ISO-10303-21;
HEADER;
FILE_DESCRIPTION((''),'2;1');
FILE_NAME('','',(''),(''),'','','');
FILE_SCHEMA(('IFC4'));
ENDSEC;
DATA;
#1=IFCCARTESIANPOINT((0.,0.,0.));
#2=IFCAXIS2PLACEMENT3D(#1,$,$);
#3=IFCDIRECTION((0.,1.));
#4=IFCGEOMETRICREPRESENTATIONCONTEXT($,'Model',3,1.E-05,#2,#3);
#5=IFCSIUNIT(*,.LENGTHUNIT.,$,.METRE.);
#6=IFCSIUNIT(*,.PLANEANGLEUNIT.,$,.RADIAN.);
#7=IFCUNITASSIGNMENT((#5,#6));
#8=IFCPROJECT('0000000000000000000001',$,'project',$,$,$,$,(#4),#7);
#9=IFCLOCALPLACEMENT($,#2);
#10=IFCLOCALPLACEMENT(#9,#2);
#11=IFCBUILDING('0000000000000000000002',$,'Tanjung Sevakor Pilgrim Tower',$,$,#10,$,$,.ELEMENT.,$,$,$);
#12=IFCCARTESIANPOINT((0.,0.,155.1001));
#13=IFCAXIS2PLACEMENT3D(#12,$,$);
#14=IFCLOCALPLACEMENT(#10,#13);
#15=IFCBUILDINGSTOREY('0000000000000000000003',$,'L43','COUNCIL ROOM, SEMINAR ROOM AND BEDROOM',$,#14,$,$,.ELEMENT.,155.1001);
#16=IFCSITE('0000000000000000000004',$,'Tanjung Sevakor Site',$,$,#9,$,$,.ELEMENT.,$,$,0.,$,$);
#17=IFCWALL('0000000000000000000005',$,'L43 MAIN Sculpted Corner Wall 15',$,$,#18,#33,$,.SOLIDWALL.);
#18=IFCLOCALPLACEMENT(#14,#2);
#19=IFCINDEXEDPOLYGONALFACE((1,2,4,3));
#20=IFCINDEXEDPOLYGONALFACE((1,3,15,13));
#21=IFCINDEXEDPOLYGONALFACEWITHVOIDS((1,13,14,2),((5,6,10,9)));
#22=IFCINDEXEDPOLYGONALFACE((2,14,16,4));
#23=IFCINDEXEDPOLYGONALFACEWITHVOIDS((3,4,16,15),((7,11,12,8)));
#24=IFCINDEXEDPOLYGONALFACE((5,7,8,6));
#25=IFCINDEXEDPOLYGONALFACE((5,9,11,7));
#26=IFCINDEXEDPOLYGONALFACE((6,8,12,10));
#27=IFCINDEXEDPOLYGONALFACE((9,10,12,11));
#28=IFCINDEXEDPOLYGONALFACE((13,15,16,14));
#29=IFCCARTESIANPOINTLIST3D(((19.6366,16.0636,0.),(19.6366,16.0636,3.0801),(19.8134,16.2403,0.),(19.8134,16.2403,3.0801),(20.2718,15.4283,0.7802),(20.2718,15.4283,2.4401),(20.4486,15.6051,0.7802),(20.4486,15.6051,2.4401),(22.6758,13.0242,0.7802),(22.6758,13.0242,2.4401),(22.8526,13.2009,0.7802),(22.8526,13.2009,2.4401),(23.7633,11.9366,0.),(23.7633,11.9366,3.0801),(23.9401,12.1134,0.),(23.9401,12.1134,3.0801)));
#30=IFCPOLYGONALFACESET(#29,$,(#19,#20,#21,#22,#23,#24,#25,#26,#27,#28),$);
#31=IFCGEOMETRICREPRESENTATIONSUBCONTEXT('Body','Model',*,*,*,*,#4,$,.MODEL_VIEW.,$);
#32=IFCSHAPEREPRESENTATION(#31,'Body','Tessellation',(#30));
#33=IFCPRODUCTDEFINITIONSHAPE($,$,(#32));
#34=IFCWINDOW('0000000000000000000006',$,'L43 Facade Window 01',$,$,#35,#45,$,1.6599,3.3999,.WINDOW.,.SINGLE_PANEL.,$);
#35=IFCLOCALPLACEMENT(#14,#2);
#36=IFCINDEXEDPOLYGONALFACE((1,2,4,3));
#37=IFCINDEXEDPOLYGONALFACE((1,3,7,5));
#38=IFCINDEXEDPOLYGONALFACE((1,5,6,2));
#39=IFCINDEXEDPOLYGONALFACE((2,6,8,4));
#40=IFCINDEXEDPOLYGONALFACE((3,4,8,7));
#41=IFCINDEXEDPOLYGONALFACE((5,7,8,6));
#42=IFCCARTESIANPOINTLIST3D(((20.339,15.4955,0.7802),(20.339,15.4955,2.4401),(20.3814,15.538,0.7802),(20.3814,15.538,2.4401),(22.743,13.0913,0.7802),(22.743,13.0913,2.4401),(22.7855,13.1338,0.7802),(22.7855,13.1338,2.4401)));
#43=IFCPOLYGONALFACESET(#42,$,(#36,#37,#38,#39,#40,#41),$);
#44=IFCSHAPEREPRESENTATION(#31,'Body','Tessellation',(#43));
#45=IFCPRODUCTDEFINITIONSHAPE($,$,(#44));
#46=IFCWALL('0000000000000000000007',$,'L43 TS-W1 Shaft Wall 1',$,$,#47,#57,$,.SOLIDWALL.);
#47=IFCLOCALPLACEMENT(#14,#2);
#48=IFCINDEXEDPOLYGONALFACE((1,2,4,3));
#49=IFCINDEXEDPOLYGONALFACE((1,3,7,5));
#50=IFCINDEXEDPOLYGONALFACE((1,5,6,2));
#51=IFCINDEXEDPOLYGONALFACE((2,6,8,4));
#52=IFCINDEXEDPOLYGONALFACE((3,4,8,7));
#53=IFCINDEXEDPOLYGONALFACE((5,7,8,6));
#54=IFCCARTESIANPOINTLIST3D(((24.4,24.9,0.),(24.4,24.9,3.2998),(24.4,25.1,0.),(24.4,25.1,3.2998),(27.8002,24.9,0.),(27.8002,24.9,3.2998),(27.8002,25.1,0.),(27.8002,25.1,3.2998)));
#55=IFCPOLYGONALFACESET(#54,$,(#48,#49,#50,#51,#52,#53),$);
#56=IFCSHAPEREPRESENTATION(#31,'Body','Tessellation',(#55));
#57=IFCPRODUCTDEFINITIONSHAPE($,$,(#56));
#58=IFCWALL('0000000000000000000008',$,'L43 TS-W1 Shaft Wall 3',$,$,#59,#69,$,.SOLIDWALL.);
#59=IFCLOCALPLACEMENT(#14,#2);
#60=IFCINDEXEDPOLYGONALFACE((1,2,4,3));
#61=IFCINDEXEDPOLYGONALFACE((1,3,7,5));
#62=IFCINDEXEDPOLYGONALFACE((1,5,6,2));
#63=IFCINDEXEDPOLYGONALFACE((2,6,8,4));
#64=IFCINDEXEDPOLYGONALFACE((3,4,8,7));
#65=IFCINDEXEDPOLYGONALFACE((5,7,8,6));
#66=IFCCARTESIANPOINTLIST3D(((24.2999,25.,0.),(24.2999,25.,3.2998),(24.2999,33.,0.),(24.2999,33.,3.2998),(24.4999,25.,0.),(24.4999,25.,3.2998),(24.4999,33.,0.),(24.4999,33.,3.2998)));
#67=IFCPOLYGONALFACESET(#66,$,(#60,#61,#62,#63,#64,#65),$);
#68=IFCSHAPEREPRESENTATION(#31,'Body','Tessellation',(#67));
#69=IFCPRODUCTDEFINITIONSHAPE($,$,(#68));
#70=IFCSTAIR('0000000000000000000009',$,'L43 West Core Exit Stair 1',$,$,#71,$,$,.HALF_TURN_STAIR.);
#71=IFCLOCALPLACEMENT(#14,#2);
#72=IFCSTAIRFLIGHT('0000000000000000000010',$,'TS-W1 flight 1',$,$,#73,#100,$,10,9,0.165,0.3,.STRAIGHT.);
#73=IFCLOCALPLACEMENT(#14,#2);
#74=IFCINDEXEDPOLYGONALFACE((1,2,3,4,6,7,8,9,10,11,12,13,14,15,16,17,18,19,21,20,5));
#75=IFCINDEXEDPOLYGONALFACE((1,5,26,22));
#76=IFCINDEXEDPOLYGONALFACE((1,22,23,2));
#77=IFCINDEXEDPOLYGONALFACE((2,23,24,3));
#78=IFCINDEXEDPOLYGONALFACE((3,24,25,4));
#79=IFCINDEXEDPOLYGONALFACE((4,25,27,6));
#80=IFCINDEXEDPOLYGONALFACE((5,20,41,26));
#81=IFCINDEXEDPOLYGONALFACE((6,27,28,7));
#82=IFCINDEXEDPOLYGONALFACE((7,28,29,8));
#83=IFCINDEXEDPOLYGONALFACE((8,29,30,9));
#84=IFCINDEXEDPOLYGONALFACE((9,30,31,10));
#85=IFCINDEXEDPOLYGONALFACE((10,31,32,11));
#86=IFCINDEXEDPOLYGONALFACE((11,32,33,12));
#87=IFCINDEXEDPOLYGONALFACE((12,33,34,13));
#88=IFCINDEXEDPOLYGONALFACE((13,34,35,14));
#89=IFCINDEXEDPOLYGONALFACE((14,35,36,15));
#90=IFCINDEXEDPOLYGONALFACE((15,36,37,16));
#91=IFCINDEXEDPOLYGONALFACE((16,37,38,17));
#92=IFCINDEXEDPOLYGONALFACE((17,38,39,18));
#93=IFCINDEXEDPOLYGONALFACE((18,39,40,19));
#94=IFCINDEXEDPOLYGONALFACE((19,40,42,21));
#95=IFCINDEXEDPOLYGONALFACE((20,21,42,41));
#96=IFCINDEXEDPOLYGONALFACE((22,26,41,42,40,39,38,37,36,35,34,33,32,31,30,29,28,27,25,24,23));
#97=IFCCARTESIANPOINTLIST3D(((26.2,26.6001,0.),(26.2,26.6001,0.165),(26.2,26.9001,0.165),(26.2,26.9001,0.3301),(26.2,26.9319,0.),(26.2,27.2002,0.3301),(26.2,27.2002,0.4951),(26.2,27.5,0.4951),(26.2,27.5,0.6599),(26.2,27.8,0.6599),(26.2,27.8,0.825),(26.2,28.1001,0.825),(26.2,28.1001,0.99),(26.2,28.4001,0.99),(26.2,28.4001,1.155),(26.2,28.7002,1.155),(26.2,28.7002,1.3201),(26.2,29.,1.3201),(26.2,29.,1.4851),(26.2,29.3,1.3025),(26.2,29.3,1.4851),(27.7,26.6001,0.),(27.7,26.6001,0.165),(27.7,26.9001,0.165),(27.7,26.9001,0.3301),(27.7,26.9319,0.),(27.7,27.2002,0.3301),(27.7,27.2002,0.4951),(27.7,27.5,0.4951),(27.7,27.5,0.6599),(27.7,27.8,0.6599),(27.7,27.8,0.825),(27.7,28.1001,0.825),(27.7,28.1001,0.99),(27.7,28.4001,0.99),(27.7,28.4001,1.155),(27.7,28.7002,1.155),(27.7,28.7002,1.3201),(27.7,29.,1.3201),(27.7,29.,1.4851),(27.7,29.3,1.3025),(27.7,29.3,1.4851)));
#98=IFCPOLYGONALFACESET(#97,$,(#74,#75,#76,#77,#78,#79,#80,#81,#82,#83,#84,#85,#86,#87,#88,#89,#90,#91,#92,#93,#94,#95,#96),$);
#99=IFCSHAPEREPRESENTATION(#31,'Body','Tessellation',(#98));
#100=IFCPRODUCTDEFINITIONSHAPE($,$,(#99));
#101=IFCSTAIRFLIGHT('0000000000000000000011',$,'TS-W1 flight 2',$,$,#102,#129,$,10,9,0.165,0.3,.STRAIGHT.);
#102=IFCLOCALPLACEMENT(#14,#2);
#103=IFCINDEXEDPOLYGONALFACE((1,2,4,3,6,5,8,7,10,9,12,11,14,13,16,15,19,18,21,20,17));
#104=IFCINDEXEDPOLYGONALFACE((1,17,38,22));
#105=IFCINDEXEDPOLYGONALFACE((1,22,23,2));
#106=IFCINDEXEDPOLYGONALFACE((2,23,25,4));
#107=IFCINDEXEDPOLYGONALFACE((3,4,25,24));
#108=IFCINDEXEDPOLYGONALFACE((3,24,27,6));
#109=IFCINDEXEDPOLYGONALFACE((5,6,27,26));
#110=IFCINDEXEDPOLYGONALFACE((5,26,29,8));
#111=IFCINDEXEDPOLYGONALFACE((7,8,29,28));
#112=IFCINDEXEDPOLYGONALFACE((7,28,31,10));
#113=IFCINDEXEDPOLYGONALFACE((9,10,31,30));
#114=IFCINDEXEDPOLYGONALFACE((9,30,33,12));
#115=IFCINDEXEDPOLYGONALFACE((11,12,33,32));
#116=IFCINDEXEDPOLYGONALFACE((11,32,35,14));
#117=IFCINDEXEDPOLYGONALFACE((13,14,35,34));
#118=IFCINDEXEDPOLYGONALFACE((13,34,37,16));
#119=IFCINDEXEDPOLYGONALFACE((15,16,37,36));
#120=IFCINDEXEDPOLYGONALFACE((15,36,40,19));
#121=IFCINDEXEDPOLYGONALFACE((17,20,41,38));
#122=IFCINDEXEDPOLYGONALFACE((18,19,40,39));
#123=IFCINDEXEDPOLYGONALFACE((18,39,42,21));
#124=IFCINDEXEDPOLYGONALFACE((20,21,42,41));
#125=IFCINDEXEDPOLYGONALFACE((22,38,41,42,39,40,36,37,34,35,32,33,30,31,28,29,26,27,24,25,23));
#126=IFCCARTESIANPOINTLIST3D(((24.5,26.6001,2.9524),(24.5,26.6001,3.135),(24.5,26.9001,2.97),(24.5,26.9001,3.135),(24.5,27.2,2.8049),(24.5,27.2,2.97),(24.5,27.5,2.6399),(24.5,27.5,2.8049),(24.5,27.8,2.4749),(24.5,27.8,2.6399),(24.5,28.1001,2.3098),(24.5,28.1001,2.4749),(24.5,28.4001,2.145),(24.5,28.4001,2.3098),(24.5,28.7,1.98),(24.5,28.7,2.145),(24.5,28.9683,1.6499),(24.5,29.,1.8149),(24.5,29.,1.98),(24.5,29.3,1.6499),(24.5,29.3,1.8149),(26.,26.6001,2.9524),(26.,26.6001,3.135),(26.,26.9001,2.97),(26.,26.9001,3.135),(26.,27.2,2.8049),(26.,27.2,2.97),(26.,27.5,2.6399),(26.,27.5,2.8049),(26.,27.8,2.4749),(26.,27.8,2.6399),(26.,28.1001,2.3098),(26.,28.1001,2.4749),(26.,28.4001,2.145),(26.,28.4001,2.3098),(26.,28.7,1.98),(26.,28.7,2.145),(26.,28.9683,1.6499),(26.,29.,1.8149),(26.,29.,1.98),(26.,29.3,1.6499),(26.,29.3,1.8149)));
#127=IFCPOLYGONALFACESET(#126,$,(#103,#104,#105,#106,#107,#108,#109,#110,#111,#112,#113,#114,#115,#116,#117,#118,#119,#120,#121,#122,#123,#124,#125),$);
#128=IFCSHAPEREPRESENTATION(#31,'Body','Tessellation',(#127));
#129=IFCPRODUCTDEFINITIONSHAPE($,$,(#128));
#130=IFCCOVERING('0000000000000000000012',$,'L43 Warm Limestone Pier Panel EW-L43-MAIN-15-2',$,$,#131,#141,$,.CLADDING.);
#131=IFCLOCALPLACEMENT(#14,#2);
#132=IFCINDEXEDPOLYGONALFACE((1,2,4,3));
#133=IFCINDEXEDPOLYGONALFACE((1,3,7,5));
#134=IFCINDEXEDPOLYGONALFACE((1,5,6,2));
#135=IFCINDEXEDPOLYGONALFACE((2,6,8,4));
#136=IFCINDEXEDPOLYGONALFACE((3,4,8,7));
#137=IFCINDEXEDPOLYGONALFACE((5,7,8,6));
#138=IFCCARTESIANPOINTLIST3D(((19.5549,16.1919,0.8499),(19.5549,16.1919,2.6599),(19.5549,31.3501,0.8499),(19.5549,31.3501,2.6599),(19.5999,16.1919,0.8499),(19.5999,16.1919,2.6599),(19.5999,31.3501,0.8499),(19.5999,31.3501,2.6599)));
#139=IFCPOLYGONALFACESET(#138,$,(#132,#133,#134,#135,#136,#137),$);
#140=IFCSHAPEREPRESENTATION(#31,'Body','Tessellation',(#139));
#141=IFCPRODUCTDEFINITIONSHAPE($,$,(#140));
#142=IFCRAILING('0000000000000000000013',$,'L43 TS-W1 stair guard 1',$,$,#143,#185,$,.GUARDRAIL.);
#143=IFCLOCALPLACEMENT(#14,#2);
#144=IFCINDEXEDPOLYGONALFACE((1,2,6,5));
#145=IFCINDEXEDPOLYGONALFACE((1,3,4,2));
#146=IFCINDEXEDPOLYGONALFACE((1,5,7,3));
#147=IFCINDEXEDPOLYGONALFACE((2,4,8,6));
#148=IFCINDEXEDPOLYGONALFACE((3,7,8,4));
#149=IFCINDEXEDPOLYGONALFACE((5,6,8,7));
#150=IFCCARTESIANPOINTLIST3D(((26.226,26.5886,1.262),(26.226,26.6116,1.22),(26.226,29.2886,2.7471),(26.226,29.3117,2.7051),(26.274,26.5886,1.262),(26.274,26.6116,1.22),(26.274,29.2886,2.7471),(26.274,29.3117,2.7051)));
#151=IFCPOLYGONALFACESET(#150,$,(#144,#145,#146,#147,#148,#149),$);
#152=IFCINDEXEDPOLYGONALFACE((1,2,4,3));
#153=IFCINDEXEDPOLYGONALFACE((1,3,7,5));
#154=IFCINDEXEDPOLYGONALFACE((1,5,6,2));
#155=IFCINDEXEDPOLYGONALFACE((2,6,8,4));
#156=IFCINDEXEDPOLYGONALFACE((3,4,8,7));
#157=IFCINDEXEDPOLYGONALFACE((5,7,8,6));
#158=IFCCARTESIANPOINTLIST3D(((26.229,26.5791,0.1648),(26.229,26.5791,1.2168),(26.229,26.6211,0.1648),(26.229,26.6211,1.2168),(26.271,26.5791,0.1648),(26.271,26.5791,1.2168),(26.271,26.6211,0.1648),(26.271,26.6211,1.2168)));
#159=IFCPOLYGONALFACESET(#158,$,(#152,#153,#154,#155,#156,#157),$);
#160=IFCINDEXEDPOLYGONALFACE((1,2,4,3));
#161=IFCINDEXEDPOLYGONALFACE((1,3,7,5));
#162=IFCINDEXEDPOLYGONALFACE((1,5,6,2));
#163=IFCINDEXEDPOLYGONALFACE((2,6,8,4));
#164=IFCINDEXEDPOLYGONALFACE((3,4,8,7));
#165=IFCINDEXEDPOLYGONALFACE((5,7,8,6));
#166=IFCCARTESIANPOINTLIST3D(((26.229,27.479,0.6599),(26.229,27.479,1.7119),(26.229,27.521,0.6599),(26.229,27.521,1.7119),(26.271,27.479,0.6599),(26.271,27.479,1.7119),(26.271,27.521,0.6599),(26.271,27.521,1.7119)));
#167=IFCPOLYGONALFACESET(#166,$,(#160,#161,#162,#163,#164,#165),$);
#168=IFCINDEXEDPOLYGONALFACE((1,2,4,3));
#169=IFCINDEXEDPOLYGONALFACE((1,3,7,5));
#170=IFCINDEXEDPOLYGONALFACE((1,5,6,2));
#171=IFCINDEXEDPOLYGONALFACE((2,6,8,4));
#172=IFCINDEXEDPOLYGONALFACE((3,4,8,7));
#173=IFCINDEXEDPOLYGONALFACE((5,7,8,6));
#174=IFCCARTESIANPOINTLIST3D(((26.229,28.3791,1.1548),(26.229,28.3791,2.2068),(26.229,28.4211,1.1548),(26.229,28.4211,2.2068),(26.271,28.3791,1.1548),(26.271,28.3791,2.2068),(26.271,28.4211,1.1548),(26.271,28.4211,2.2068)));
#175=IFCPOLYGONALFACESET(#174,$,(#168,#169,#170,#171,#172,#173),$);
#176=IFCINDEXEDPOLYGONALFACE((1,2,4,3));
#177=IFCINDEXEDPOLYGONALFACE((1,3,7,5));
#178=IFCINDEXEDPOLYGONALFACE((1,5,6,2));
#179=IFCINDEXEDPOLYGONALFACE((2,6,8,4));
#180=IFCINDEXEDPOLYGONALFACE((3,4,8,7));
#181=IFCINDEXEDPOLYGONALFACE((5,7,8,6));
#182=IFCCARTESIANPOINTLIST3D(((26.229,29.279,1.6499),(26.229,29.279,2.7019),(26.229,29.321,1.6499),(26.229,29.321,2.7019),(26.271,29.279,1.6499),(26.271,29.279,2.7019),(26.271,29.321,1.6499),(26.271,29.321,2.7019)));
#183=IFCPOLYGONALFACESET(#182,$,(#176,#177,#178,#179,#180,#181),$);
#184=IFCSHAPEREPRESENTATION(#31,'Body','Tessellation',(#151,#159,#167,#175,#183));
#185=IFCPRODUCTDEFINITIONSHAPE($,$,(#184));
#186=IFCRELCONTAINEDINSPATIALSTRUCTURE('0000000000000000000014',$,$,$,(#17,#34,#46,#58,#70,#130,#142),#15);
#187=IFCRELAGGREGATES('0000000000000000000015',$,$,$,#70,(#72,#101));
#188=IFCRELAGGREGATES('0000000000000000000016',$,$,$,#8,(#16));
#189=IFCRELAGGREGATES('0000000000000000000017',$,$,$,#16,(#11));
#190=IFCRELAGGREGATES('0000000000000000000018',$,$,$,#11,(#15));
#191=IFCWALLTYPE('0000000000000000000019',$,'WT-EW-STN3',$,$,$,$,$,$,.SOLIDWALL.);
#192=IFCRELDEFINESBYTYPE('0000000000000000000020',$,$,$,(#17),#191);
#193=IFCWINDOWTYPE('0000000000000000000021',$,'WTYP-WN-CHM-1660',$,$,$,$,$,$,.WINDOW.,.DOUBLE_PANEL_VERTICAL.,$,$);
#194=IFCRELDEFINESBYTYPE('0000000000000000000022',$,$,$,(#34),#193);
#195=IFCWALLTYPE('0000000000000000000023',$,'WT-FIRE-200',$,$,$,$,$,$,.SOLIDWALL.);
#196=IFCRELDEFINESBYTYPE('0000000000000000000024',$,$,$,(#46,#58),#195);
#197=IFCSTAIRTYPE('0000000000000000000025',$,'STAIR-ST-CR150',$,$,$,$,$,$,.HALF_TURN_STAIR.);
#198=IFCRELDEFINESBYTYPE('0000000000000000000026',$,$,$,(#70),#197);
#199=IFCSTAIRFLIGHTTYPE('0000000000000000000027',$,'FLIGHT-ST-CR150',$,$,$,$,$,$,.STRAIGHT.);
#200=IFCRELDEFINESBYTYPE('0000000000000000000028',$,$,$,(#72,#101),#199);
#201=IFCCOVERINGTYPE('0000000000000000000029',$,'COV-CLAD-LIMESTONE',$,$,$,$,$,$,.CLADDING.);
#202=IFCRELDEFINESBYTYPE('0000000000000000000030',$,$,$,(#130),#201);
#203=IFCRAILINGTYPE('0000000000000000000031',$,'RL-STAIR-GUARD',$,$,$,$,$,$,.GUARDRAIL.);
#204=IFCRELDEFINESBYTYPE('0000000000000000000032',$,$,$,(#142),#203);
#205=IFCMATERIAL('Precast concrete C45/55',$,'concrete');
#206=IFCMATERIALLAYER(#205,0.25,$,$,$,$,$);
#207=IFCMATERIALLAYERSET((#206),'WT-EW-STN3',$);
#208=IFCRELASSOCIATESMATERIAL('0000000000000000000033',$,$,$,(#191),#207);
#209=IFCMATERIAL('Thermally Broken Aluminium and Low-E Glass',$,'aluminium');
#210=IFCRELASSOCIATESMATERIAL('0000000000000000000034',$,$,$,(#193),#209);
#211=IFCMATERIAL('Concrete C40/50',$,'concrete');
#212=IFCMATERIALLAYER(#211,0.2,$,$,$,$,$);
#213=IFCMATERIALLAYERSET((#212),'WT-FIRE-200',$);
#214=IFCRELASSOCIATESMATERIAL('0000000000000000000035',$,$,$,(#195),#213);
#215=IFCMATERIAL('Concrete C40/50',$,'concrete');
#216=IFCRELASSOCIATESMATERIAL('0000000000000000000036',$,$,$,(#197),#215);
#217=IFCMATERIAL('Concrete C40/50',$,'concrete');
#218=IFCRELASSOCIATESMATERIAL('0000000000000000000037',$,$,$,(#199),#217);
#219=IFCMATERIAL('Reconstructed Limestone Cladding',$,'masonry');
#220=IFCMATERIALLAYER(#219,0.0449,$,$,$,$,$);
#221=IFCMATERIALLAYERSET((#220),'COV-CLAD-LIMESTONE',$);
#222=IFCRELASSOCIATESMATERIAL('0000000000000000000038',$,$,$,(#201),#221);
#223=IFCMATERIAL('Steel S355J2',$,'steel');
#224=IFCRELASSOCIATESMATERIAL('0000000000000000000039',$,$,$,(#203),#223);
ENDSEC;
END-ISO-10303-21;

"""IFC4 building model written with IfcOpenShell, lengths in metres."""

from ifc_helpers import new_model, si_unit, direction, frame, frame_2d, origin, origin_2d, place, context, subcontext, project, spatial, polyline, rectangle, outline, extrude, material, layer, layer_set, type_object, element, fill, aggregate, save


model = new_model("IFC4")

# Units and contexts
model_context = context("Model", 3, precision=1e-05, world=origin(), true_north=direction((0.0, 1.0)))
body_context = subcontext(model_context, "Body", "Model", "MODEL_VIEW")
ifc_project = project(units=[si_unit("LENGTHUNIT", "METRE"), si_unit("PLANEANGLEUNIT", "RADIAN")], contexts=[model_context])

# Site, building, storey
site_placement = place(None, origin())
site = spatial("IfcSite", under=ifc_project, at=site_placement, Name="Tanjung Sevakor Site", CompositionType="ELEMENT", RefElevation=0.0)
building_placement = place(site_placement, origin())
building = spatial("IfcBuilding", under=site, at=building_placement, Name="Tanjung Sevakor Pilgrim Tower", CompositionType="ELEMENT")
storey_placement = place(building_placement, frame((0.0, 0.0, 155.1001)))
storey = spatial("IfcBuildingStorey", under=building, at=storey_placement, Name="L43", Description="COUNCIL ROOM, SEMINAR ROOM AND BEDROOM", CompositionType="ELEMENT", Elevation=155.1001)

# Wall, opening, window
ifc_material_1 = material(Name="Precast concrete C45/55", Category="concrete")
ifc_layer_1 = layer(ifc_material_1, 0.25)
ifc_layer_set_1 = layer_set([ifc_layer_1], Name="WT-EW-STN3")
wall_type_1 = type_object("IfcWallType", Name="WT-EW-STN3", PredefinedType="SOLIDWALL", material=ifc_layer_set_1)
wall_1_placement = place(storey_placement, frame((19.7251, 16.1519, 0.0), z_axis=(0.0, 0.0, 1.0), x_axis=(0.707086, -0.707128, 0.0)))
wall_1 = element("IfcWall", 1, at=wall_1_placement, inside=storey, type_object=wall_type_1, Name="L43 MAIN Sculpted Corner Wall 15", PredefinedType="SOLIDWALL", context=body_context, shape_type="SweptSolid", body=[
    extrude(rectangle(XDim=5.8362, YDim=0.25, at=frame_2d((2.918, 0.0))), origin(), (0.0, 0.0, 1.0), 3.0801),
])
opening_1_placement = place(wall_1_placement, frame((0.8982, 0.0, 0.78)))
opening_1 = element("IfcOpeningElement", 2, at=opening_1_placement, cuts=wall_1, PredefinedType="OPENING", context=body_context, shape_type="SweptSolid", body=[
    extrude(rectangle(XDim=3.3999, YDim=1.6599, at=frame_2d((1.7, 0.8301))), frame((0.0, 0.135, 0.0), z_axis=(0.0, -1.0, 0.0), x_axis=(1.0, 0.0, 0.0)), (0.0, 0.0, 1.0), 0.27),
])
ifc_material_2 = material(Name="Thermally Broken Aluminium and Low-E Glass", Category="aluminium")
window_type = type_object("IfcWindowType", Name="WTYP-WN-CHM-1660", PartitioningType="DOUBLE_PANEL_VERTICAL", PredefinedType="WINDOW", material=ifc_material_2)
window_placement = place(opening_1_placement, origin())
window = element("IfcWindow", 3, at=window_placement, inside=storey, type_object=window_type, Name="L43 Facade Window 01", OverallHeight=1.6599, OverallWidth=3.3999, PartitioningType="SINGLE_PANEL", PredefinedType="WINDOW", context=body_context, shape_type="SweptSolid", body=[
    extrude(rectangle(XDim=3.3999, YDim=1.6599, at=frame_2d((1.7, 0.8301))), frame((0.0, 0.03, 0.0), z_axis=(0.0, -1.0, 0.0), x_axis=(1.0, 0.0, 0.0)), (0.0, 0.0, 1.0), 0.0601),
])
fill(opening_1, window)

# Walls
ifc_material_3 = material(Name="Concrete C40/50", Category="concrete")
ifc_layer_2 = layer(ifc_material_3, 0.2)
ifc_layer_set_2 = layer_set([ifc_layer_2], Name="WT-FIRE-200")
wall_type_2 = type_object("IfcWallType", Name="WT-FIRE-200", PredefinedType="SOLIDWALL", material=ifc_layer_set_2)
wall_2_placement = place(storey_placement, frame((24.3999, 25.0, 0.0), z_axis=(0.0, 0.0, 1.0), x_axis=(1.0, 0.0, 0.0)))
element("IfcWall", 4, at=wall_2_placement, inside=storey, type_object=wall_type_2, Name="L43 TS-W1 Shaft Wall 1", PredefinedType="SOLIDWALL", context=body_context, shape_type="SweptSolid", body=[
    extrude(rectangle(XDim=3.4001, YDim=0.2, at=frame_2d((1.7002, 0.0))), origin(), (0.0, 0.0, 1.0), 3.2998),
])
wall_3_placement = place(storey_placement, frame((24.3999, 33.0, 0.0), z_axis=(0.0, 0.0, 1.0), x_axis=(0.0, -1.0, 0.0)))
element("IfcWall", 5, at=wall_3_placement, inside=storey, type_object=wall_type_2, Name="L43 TS-W1 Shaft Wall 3", PredefinedType="SOLIDWALL", context=body_context, shape_type="SweptSolid", body=[
    extrude(rectangle(XDim=8.0, YDim=0.2, at=frame_2d((4.0, 0.0))), origin(), (0.0, 0.0, 1.0), 3.2998),
])

# Stair, stair flights
ifc_material_4 = material(Name="Concrete C40/50", Category="concrete")
stair_type = type_object("IfcStairType", Name="STAIR-ST-CR150", PredefinedType="HALF_TURN_STAIR", material=ifc_material_4)
stair_placement = place(storey_placement, origin())
stair = element("IfcStair", 6, at=stair_placement, inside=storey, type_object=stair_type, Name="L43 West Core Exit Stair 1", PredefinedType="HALF_TURN_STAIR")
ifc_material_5 = material(Name="Concrete C40/50", Category="concrete")
stair_flight_type = type_object("IfcStairFlightType", Name="FLIGHT-ST-CR150", PredefinedType="STRAIGHT", material=ifc_material_5)
stair_flight_1_placement = place(storey_placement, frame((26.95, 26.6001, 0.0), z_axis=(0.0, 0.0, 1.0), x_axis=(0.0, 1.0, 0.0)))
stair_flight_1 = element("IfcStairFlight", 7, at=stair_flight_1_placement, type_object=stair_flight_type, Name="TS-W1 flight 1", NumberOfRisers=10, NumberOfTreads=9, PredefinedType="STRAIGHT", RiserHeight=0.165, TreadLength=0.3, context=body_context, shape_type="SweptSolid", body=[
    extrude(outline(polyline([(0.0, 0.0), (0.0, 0.165), (0.3, 0.165), (0.3, 0.3301), (0.6001, 0.3301), (0.6001, 0.4951), (0.8999, 0.4951), (0.8999, 0.6599), (1.2, 0.6599), (1.2, 0.825), (1.5, 0.825), (1.5, 0.99), (1.8, 0.99), (1.8, 1.155), (2.1001, 1.155), (2.1001, 1.3201), (2.3999, 1.3201), (2.3999, 1.4851), (2.7, 1.4851), (2.7, 1.6499), (2.7, 1.3025), (0.3318, 0.0), (0.0, 0.0)])), frame((0.0, 0.75, 0.0), z_axis=(0.0, -1.0, 0.0), x_axis=(1.0, 0.0, 0.0)), (0.0, 0.0, 1.0), 1.5),
])
stair_flight_2_placement = place(storey_placement, frame((25.25, 29.3, 1.6499), z_axis=(0.0, 0.0, 1.0), x_axis=(0.0, -1.0, 0.0)))
stair_flight_2 = element("IfcStairFlight", 8, at=stair_flight_2_placement, type_object=stair_flight_type, Name="TS-W1 flight 2", NumberOfRisers=10, NumberOfTreads=9, PredefinedType="STRAIGHT", RiserHeight=0.165, TreadLength=0.3, context=body_context, shape_type="SweptSolid", body=[
    extrude(outline(polyline([(0.0, 0.0), (0.0, 0.165), (0.3, 0.165), (0.3, 0.3301), (0.6001, 0.3301), (0.6001, 0.4951), (0.8999, 0.4951), (0.8999, 0.6599), (1.2, 0.6599), (1.2, 0.825), (1.5, 0.825), (1.5, 0.99), (1.8, 0.99), (1.8, 1.155), (2.1001, 1.155), (2.1001, 1.3201), (2.3999, 1.3201), (2.3999, 1.4851), (2.7, 1.4851), (2.7, 1.6499), (2.7, 1.3025), (0.3318, 0.0), (0.0, 0.0)])), frame((0.0, 0.75, 0.0), z_axis=(0.0, -1.0, 0.0), x_axis=(1.0, 0.0, 0.0)), (0.0, 0.0, 1.0), 1.5),
])
aggregate(stair, [stair_flight_1, stair_flight_2])

# Covering
ifc_material_6 = material(Name="Reconstructed Limestone Cladding", Category="masonry")
ifc_layer_3 = layer(ifc_material_6, 0.0449)
ifc_layer_set_3 = layer_set([ifc_layer_3], Name="COV-CLAD-LIMESTONE")
covering_type = type_object("IfcCoveringType", Name="COV-CLAD-LIMESTONE", PredefinedType="CLADDING", material=ifc_layer_set_3)
covering_placement = place(storey_placement, frame((19.5774, 23.771, 0.8499), z_axis=(0.0, 0.0, 1.0), x_axis=(0.0, -1.0, 0.0)))
element("IfcCovering", 9, at=covering_placement, inside=storey, type_object=covering_type, Name="L43 Warm Limestone Pier Panel EW-L43-MAIN-15-2", PredefinedType="CLADDING", context=body_context, shape_type="SweptSolid", body=[
    extrude(rectangle(XDim=15.1582, YDim=0.0449, at=origin_2d()), origin(), (0.0, 0.0, 1.0), 1.8101),
])

# Railing
ifc_material_7 = material(Name="Steel S355J2", Category="steel")
railing_type_1 = type_object("IfcRailingType", Name="RL-STAIR-GUARD", PredefinedType="GUARDRAIL", material=ifc_material_7)
railing_1_placement = place(storey_placement, frame((26.25, 26.6001, 0.1648)))
element("IfcRailing", 10, at=railing_1_placement, inside=storey, type_object=railing_type_1, Name="L43 TS-W1 stair guard 1", PredefinedType="GUARDRAIL", context=body_context, shape_type="SweptSolid", body=[
    extrude(rectangle(XDim=0.0479, YDim=0.0479), frame((0.0, 0.0, 1.0762), z_axis=(0.0, 0.876198, 0.481952), x_axis=(-1.0, 0.0, 0.0)), (0.0, 0.0, 1.0), 3.0815),
    extrude(rectangle(XDim=0.042, YDim=0.042), origin(), (0.0, 0.0, 1.0), 1.052),
    extrude(rectangle(XDim=0.042, YDim=0.042), frame((0.0, 0.8999, 0.4951)), (0.0, 0.0, 1.0), 1.052),
    extrude(rectangle(XDim=0.042, YDim=0.042), frame((0.0, 1.8, 0.99)), (0.0, 0.0, 1.0), 1.052),
    extrude(rectangle(XDim=0.042, YDim=0.042), frame((0.0, 2.7, 1.4851)), (0.0, 0.0, 1.0), 1.052),
])

save(model, "model.ifc")
